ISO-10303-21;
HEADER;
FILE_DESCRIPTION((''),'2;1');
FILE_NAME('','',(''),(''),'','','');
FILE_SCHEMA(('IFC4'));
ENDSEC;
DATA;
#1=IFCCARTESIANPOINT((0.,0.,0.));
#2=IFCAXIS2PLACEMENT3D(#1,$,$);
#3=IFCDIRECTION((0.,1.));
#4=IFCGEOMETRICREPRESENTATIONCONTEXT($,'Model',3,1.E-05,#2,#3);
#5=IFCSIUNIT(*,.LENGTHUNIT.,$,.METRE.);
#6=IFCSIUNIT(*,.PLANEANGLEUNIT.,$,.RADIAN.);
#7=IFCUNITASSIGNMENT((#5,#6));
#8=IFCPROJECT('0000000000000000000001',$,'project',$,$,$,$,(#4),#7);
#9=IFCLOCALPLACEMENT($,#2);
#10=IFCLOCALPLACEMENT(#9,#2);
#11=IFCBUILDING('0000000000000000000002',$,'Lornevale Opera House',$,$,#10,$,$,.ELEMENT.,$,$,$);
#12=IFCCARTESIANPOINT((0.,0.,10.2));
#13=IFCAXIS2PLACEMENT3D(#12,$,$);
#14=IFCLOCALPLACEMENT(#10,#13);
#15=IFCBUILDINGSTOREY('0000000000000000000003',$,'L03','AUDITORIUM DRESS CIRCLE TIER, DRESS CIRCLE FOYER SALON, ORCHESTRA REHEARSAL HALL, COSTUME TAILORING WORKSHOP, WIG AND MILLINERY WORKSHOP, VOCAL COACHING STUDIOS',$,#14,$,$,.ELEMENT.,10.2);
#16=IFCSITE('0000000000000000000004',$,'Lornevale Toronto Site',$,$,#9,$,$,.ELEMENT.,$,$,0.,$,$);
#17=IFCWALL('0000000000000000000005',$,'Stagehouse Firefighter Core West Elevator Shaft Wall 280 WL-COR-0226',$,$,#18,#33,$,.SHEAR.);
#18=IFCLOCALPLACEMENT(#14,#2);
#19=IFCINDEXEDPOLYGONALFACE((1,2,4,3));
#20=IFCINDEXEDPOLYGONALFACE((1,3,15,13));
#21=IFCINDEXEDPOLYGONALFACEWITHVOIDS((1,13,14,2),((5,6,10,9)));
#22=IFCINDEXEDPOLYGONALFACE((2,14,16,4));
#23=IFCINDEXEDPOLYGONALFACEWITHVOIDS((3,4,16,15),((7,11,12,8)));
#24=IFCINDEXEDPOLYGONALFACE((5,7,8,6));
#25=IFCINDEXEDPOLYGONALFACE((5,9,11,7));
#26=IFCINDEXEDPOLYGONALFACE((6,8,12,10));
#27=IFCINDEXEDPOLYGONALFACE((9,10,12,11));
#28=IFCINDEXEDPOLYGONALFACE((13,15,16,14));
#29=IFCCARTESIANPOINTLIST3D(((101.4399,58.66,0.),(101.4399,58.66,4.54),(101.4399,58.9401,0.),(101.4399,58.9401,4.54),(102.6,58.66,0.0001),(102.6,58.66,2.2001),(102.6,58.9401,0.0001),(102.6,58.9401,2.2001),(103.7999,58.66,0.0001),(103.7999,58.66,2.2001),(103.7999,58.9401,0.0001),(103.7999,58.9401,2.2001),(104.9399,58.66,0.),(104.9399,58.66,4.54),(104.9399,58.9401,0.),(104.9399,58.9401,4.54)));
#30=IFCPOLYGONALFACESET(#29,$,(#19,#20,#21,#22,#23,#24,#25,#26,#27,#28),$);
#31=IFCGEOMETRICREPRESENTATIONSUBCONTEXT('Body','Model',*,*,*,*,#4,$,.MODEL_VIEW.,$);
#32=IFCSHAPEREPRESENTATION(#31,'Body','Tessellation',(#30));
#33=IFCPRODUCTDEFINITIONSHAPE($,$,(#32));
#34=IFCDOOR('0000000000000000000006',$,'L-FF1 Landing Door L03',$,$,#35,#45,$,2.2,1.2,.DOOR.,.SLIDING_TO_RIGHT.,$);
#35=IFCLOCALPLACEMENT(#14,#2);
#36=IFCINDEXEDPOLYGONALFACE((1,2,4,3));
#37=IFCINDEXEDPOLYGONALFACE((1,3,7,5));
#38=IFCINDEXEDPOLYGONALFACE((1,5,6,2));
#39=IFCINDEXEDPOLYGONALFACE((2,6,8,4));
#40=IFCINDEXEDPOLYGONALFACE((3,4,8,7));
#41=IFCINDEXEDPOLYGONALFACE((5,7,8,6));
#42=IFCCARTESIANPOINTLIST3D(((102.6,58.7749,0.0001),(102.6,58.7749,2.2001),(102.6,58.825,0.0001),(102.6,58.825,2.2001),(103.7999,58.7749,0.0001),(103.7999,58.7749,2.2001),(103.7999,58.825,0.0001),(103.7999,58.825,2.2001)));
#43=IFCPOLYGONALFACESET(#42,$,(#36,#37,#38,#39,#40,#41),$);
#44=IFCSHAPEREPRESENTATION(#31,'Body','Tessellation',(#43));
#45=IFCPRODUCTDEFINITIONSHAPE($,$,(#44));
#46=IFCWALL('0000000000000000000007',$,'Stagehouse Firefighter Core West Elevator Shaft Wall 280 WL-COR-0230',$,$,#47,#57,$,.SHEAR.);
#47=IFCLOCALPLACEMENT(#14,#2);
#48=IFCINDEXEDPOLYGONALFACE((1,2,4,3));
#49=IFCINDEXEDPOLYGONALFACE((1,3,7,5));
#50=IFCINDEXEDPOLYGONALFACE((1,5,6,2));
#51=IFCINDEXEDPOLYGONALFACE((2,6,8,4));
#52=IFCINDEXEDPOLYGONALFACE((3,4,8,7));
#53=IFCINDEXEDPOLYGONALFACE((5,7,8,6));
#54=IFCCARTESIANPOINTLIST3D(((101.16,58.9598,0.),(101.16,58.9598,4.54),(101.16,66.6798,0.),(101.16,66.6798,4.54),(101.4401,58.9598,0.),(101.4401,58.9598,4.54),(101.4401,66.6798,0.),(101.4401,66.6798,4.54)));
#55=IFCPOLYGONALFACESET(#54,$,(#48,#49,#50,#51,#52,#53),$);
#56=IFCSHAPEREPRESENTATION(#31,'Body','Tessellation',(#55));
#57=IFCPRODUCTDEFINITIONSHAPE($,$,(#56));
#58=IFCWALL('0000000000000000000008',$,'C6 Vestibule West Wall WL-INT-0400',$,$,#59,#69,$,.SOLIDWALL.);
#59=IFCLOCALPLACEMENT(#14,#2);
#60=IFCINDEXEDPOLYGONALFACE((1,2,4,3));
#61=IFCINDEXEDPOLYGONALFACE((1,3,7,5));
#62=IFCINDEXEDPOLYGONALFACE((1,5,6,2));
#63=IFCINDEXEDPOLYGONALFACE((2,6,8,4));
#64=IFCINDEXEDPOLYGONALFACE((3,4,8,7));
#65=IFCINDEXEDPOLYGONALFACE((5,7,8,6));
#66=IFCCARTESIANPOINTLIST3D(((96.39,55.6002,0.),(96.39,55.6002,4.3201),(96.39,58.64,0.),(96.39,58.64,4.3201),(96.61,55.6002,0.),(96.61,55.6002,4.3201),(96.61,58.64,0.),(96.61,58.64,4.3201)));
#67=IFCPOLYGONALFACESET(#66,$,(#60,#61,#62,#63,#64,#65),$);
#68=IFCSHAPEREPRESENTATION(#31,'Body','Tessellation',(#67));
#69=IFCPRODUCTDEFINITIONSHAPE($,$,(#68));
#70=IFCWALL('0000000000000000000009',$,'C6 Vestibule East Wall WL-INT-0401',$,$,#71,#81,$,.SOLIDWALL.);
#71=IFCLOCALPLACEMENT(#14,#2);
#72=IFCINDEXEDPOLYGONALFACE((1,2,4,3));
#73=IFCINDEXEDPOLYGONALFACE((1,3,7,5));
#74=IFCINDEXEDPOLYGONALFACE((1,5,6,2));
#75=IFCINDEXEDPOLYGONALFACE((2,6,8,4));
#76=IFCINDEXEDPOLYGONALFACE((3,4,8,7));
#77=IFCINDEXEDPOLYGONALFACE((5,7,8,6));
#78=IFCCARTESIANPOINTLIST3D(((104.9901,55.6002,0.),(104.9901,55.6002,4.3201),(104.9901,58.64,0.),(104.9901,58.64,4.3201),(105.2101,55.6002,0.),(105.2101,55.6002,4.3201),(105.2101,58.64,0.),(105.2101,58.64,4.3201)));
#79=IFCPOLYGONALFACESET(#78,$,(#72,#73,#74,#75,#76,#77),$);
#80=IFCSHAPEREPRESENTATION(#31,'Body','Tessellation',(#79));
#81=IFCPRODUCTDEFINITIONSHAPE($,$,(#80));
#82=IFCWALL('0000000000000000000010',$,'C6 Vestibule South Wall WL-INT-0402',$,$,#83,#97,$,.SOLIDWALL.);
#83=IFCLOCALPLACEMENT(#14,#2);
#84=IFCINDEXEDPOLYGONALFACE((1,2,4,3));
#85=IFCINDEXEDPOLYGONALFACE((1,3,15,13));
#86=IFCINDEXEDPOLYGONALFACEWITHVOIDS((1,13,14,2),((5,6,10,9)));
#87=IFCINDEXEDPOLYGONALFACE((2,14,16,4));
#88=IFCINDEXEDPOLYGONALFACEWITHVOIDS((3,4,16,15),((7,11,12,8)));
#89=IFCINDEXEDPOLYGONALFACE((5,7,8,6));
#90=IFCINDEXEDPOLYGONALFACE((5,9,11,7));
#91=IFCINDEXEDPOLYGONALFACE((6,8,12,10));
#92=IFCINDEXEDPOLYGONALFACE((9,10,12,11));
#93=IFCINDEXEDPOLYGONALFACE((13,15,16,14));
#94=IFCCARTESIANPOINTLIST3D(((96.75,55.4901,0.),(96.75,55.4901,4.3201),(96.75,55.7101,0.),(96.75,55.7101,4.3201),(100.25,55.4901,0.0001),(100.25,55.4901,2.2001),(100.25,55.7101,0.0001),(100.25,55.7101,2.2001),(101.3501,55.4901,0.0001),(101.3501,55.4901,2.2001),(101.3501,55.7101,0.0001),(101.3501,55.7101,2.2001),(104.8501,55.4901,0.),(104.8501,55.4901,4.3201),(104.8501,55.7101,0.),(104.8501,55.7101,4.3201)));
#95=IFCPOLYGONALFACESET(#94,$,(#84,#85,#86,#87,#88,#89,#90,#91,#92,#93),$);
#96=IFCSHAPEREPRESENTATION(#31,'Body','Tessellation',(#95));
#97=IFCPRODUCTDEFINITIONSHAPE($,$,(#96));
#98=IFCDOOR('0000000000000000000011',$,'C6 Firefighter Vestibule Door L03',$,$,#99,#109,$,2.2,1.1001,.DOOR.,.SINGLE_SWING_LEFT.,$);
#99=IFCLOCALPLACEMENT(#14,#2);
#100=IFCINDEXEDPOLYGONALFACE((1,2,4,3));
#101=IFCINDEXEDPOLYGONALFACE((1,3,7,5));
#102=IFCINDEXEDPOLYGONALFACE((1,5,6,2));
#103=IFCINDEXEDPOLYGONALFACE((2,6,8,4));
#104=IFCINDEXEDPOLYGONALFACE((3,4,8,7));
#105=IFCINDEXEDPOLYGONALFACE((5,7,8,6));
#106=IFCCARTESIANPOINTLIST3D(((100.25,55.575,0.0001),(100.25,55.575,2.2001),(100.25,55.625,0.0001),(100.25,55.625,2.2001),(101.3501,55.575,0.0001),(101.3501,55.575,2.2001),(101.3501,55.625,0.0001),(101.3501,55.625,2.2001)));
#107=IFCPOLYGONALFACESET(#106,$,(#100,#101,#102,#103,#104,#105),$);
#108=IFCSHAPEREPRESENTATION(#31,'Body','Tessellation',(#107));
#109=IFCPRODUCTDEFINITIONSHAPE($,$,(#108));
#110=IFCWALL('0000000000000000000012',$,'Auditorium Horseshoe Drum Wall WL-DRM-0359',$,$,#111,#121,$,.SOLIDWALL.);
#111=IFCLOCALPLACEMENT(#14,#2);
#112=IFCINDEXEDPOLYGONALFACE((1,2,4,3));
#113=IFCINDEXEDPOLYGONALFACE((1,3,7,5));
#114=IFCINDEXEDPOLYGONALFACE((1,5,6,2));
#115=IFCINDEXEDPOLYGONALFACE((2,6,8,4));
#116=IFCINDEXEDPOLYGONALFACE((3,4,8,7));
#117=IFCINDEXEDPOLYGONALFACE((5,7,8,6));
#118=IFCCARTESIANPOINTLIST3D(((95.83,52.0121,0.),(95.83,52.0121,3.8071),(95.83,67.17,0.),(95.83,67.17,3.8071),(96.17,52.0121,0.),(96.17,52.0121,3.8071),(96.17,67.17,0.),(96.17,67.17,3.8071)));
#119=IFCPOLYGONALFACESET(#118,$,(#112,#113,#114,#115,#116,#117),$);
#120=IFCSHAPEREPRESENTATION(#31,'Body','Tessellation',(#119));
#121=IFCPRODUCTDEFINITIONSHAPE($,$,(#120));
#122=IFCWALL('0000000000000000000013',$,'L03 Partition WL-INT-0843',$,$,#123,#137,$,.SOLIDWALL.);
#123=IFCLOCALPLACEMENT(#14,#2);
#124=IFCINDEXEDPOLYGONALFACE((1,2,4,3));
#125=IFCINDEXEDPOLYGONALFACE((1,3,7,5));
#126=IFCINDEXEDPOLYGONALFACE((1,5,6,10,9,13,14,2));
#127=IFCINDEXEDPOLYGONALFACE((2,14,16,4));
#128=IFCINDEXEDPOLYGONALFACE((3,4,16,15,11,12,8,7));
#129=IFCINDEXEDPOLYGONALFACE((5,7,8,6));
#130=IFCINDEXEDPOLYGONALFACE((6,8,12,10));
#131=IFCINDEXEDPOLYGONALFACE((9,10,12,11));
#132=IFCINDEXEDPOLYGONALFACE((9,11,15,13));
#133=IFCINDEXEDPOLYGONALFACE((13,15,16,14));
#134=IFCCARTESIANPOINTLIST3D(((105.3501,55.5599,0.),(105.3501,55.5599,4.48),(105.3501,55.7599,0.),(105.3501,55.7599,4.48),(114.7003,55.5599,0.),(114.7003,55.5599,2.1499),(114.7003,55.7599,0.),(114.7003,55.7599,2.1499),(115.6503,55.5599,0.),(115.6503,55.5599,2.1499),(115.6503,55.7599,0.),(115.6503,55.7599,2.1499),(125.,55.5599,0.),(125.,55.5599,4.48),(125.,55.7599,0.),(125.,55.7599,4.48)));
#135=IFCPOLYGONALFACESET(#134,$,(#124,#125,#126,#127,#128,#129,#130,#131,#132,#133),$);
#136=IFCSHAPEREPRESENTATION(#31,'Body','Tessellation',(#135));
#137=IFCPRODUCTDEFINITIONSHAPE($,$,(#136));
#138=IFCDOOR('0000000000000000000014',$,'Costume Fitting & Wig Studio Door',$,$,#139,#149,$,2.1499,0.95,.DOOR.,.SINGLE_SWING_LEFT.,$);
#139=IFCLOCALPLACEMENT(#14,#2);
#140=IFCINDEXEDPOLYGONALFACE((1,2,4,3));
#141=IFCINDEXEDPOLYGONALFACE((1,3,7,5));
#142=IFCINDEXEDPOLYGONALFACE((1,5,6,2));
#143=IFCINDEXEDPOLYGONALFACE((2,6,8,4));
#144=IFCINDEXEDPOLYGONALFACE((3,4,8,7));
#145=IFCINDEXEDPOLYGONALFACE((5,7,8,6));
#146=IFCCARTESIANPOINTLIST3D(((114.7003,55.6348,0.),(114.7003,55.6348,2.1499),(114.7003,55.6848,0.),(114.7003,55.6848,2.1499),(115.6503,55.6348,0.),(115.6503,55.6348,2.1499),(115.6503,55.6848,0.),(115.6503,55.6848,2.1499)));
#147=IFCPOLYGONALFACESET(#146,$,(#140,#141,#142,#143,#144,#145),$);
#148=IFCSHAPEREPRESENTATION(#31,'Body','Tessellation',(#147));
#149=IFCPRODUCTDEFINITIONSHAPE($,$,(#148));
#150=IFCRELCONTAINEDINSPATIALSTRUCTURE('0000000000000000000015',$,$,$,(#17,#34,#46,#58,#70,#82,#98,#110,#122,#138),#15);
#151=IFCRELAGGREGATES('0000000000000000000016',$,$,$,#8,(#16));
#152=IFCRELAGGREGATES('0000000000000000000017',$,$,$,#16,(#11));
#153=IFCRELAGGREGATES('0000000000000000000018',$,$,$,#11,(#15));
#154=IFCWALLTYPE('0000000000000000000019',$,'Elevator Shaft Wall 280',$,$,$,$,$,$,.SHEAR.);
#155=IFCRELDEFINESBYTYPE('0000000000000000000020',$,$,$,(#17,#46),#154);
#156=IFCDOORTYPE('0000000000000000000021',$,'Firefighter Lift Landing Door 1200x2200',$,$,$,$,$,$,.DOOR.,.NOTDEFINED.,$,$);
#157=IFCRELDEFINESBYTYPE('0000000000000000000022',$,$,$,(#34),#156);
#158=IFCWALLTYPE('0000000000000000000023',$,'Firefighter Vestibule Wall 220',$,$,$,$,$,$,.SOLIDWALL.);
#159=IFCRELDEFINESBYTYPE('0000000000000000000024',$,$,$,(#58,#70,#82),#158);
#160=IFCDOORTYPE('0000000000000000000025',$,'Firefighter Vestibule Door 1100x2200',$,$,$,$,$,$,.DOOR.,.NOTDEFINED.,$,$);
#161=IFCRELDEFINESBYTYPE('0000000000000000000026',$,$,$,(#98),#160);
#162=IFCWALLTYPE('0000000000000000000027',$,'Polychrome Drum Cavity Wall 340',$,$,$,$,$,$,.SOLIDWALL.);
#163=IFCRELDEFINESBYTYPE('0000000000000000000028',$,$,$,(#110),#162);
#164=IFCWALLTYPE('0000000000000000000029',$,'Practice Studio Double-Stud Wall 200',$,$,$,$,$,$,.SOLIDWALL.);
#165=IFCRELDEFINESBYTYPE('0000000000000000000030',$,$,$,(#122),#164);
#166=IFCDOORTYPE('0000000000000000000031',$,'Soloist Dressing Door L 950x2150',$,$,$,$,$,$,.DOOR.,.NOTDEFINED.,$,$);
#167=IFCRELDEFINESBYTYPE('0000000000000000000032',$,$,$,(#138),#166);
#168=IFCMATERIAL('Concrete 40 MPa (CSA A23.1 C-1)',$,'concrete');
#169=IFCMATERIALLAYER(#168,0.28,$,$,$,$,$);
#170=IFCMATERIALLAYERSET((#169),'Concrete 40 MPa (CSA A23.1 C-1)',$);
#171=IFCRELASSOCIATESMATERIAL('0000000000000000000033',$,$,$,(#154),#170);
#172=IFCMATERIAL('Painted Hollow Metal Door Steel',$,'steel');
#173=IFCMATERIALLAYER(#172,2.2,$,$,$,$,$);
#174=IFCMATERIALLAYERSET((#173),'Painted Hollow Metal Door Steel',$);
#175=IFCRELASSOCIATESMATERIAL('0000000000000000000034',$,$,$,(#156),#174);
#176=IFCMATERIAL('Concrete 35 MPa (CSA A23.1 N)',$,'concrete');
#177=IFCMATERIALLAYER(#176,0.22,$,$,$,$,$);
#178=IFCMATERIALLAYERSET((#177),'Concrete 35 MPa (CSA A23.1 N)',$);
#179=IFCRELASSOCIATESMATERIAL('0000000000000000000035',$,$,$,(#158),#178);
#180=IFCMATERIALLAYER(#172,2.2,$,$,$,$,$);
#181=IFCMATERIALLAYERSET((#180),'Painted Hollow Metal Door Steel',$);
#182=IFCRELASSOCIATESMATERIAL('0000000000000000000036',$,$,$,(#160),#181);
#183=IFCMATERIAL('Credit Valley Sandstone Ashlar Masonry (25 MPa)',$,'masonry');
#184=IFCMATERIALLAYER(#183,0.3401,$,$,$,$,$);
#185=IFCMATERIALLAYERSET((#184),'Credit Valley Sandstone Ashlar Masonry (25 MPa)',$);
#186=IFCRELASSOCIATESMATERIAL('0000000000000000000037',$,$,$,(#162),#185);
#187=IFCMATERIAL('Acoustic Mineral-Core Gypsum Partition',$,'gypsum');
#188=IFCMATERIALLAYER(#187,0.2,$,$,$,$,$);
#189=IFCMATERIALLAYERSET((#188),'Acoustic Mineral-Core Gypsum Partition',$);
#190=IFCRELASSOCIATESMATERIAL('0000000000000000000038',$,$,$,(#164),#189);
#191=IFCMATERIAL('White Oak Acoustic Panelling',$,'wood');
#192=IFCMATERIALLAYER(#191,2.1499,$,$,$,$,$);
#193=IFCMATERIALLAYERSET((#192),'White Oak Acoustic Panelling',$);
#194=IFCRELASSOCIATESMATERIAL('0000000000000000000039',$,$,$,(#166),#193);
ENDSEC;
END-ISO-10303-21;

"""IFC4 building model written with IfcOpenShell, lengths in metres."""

from ifc_helpers import new_model, si_unit, direction, frame, frame_2d, origin, place, context, subcontext, project, spatial, rectangle, extrude, material, layer, layer_set, type_object, element, fill, save


model = new_model("IFC4")

# Units and contexts
model_context = context("Model", 3, precision=1e-05, world=origin(), true_north=direction((0.0, 1.0)))
body_context = subcontext(model_context, "Body", "Model", "MODEL_VIEW")
ifc_project = project(units=[si_unit("LENGTHUNIT", "METRE"), si_unit("PLANEANGLEUNIT", "RADIAN")], contexts=[model_context])

# Site, building, storey
site_placement = place(None, origin())
site = spatial("IfcSite", under=ifc_project, at=site_placement, Name="Lornevale Toronto Site", CompositionType="ELEMENT", RefElevation=0.0)
building_placement = place(site_placement, origin())
building = spatial("IfcBuilding", under=site, at=building_placement, Name="Lornevale Opera House", CompositionType="ELEMENT")
storey_placement = place(building_placement, frame((0.0, 0.0, 10.2)))
storey = spatial("IfcBuildingStorey", under=building, at=storey_placement, Name="L03", Description="AUDITORIUM DRESS CIRCLE TIER, DRESS CIRCLE FOYER SALON, ORCHESTRA REHEARSAL HALL, COSTUME TAILORING WORKSHOP, WIG AND MILLINERY WORKSHOP, VOCAL COACHING STUDIOS", CompositionType="ELEMENT", Elevation=10.2)

# Shared definitions
ifc_material_1 = material(Name="Concrete 40 MPa (CSA A23.1 C-1)", Category="concrete")

# Shared definitions
ifc_material_2 = material(Name="Concrete 35 MPa (CSA A23.1 N)", Category="concrete")

# Shared definitions
ifc_material_3 = material(Name="Painted Hollow Metal Door Steel", Category="steel")

# Wall, opening, door
ifc_layer_1 = layer(ifc_material_1, 0.28)
ifc_layer_set_1 = layer_set([ifc_layer_1], Name="Concrete 40 MPa (CSA A23.1 C-1)")
wall_type_1 = type_object("IfcWallType", Name="Elevator Shaft Wall 280", PredefinedType="SHEAR", material=ifc_layer_set_1)
wall_1_placement = place(storey_placement, frame((101.4399, 58.8, 0.0), z_axis=(0.0, 0.0, 1.0), x_axis=(1.0, 0.0, 0.0)))
wall_1 = element("IfcWall", 1, at=wall_1_placement, inside=storey, type_object=wall_type_1, Name="Stagehouse Firefighter Core West Elevator Shaft Wall 280 WL-COR-0226", PredefinedType="SHEAR", context=body_context, shape_type="SweptSolid", body=[
    extrude(rectangle(XDim=3.5, YDim=0.28, at=frame_2d((1.75, 0.0))), origin(), (0.0, 0.0, 1.0), 4.54),
])
opening_1_placement = place(wall_1_placement, frame((1.1599, 0.0, 0.0)))
opening_1 = element("IfcOpeningElement", 2, at=opening_1_placement, cuts=wall_1, PredefinedType="OPENING", context=body_context, shape_type="SweptSolid", body=[
    extrude(rectangle(XDim=1.2, YDim=2.2, at=frame_2d((0.6001, 1.1001))), frame((0.0, 0.1499, 0.0), z_axis=(0.0, -1.0, 0.0), x_axis=(1.0, 0.0, 0.0)), (0.0, 0.0, 1.0), 0.3),
])
ifc_layer_2 = layer(ifc_material_3, 2.2)
ifc_layer_set_2 = layer_set([ifc_layer_2], Name="Painted Hollow Metal Door Steel")
door_type_1 = type_object("IfcDoorType", Name="Firefighter Lift Landing Door 1200x2200", OperationType="NOTDEFINED", PredefinedType="DOOR", material=ifc_layer_set_2)
door_1_placement = place(opening_1_placement, origin())
door_1 = element("IfcDoor", 3, at=door_1_placement, inside=storey, type_object=door_type_1, Name="L-FF1 Landing Door L03", OperationType="SLIDING_TO_RIGHT", OverallHeight=2.2, OverallWidth=1.2, PredefinedType="DOOR", context=body_context, shape_type="SweptSolid", body=[
    extrude(rectangle(XDim=1.2, YDim=2.2, at=frame_2d((0.6001, 1.1001))), frame((0.0, 0.0249, 0.0), z_axis=(0.0, -1.0, 0.0), x_axis=(1.0, 0.0, 0.0)), (0.0, 0.0, 1.0), 0.05),
])
fill(opening_1, door_1)

# Walls
wall_2_placement = place(storey_placement, frame((101.3, 58.96, 0.0), z_axis=(0.0, 0.0, 1.0), x_axis=(0.0, 1.0, 0.0)))
element("IfcWall", 4, at=wall_2_placement, inside=storey, type_object=wall_type_1, Name="Stagehouse Firefighter Core West Elevator Shaft Wall 280 WL-COR-0230", PredefinedType="SHEAR", context=body_context, shape_type="SweptSolid", body=[
    extrude(rectangle(XDim=7.72, YDim=0.28, at=frame_2d((3.8599, 0.0))), origin(), (0.0, 0.0, 1.0), 4.54),
])
ifc_layer_3 = layer(ifc_material_2, 0.22)
ifc_layer_set_3 = layer_set([ifc_layer_3], Name="Concrete 35 MPa (CSA A23.1 N)")
wall_type_2 = type_object("IfcWallType", Name="Firefighter Vestibule Wall 220", PredefinedType="SOLIDWALL", material=ifc_layer_set_3)
for number, where, z_axis, x_axis, name in (
    (5, (96.5, 55.6001, 0.0), (0.0, 0.0, 1.0), (0.0, 1.0, 0.0), "C6 Vestibule West Wall WL-INT-0400"),
    (6, (105.1001, 55.6001, 0.0), (0.0, 0.0, 1.0), (0.0, 1.0, 0.0), "C6 Vestibule East Wall WL-INT-0401"),
):
    element("IfcWall", number, at=place(storey_placement, frame(where, z_axis=z_axis, x_axis=x_axis)), inside=storey, type_object=wall_type_2, Name=name, PredefinedType="SOLIDWALL", context=body_context, shape_type="SweptSolid", body=[
        extrude(rectangle(XDim=3.0398, YDim=0.22, at=frame_2d((1.52, 0.0))), origin(), (0.0, 0.0, 1.0), 4.3201),
    ])

# Wall, opening, door
wall_3_placement = place(storey_placement, frame((96.75, 55.6001, 0.0), z_axis=(0.0, 0.0, 1.0), x_axis=(1.0, 0.0, 0.0)))
wall_3 = element("IfcWall", 7, at=wall_3_placement, inside=storey, type_object=wall_type_2, Name="C6 Vestibule South Wall WL-INT-0402", PredefinedType="SOLIDWALL", context=body_context, shape_type="SweptSolid", body=[
    extrude(rectangle(XDim=8.1001, YDim=0.22, at=frame_2d((4.05, 0.0))), origin(), (0.0, 0.0, 1.0), 4.3201),
])
opening_2_placement = place(wall_3_placement, frame((3.5, 0.0, 0.0)))
opening_2 = element("IfcOpeningElement", 8, at=opening_2_placement, cuts=wall_3, PredefinedType="OPENING", context=body_context, shape_type="SweptSolid", body=[
    extrude(rectangle(XDim=1.1001, YDim=2.2, at=frame_2d((0.55, 1.1001))), frame((0.0, 0.1199, 0.0), z_axis=(0.0, -1.0, 0.0), x_axis=(1.0, 0.0, 0.0)), (0.0, 0.0, 1.0), 0.24),
])
ifc_layer_4 = layer(ifc_material_3, 2.2)
ifc_layer_set_4 = layer_set([ifc_layer_4], Name="Painted Hollow Metal Door Steel")
door_type_2 = type_object("IfcDoorType", Name="Firefighter Vestibule Door 1100x2200", OperationType="NOTDEFINED", PredefinedType="DOOR", material=ifc_layer_set_4)
door_2_placement = place(opening_2_placement, origin())
door_2 = element("IfcDoor", 9, at=door_2_placement, inside=storey, type_object=door_type_2, Name="C6 Firefighter Vestibule Door L03", OperationType="SINGLE_SWING_LEFT", OverallHeight=2.2, OverallWidth=1.1001, PredefinedType="DOOR", context=body_context, shape_type="SweptSolid", body=[
    extrude(rectangle(XDim=1.1001, YDim=2.2, at=frame_2d((0.55, 1.1001))), frame((0.0, 0.0249, 0.0), z_axis=(0.0, -1.0, 0.0), x_axis=(1.0, 0.0, 0.0)), (0.0, 0.0, 1.0), 0.05),
])
fill(opening_2, door_2)

# Wall
ifc_material_4 = material(Name="Credit Valley Sandstone Ashlar Masonry (25 MPa)", Category="masonry")
ifc_layer_5 = layer(ifc_material_4, 0.3401)
ifc_layer_set_5 = layer_set([ifc_layer_5], Name="Credit Valley Sandstone Ashlar Masonry (25 MPa)")
wall_type_3 = type_object("IfcWallType", Name="Polychrome Drum Cavity Wall 340", PredefinedType="SOLIDWALL", material=ifc_layer_set_5)
wall_4_placement = place(storey_placement, frame((96.0, 52.012, 0.0), z_axis=(0.0, 0.0, 1.0), x_axis=(0.0, 1.0, 0.0)))
element("IfcWall", 10, at=wall_4_placement, inside=storey, type_object=wall_type_3, Name="Auditorium Horseshoe Drum Wall WL-DRM-0359", PredefinedType="SOLIDWALL", context=body_context, shape_type="SweptSolid", body=[
    extrude(rectangle(XDim=15.158, YDim=0.3401, at=frame_2d((7.5791, 0.0))), origin(), (0.0, 0.0, 1.0), 3.8071),
])

# Wall, opening, door
ifc_material_5 = material(Name="Acoustic Mineral-Core Gypsum Partition", Category="gypsum")
ifc_layer_6 = layer(ifc_material_5, 0.2)
ifc_layer_set_6 = layer_set([ifc_layer_6], Name="Acoustic Mineral-Core Gypsum Partition")
wall_type_4 = type_object("IfcWallType", Name="Practice Studio Double-Stud Wall 200", PredefinedType="SOLIDWALL", material=ifc_layer_set_6)
wall_5_placement = place(storey_placement, frame((105.3501, 55.6599, 0.0), z_axis=(0.0, 0.0, 1.0), x_axis=(1.0, 0.0, 0.0)))
wall_5 = element("IfcWall", 11, at=wall_5_placement, inside=storey, type_object=wall_type_4, Name="L03 Partition WL-INT-0843", PredefinedType="SOLIDWALL", context=body_context, shape_type="SweptSolid", body=[
    extrude(rectangle(XDim=19.6499, YDim=0.2, at=frame_2d((9.825, 0.0))), origin(), (0.0, 0.0, 1.0), 4.48),
])
opening_3_placement = place(wall_5_placement, frame((9.3501, 0.0, 0.0)))
opening_3 = element("IfcOpeningElement", 12, at=opening_3_placement, cuts=wall_5, PredefinedType="OPENING", context=body_context, shape_type="SweptSolid", body=[
    extrude(rectangle(XDim=0.95, YDim=2.1499, at=frame_2d((0.4751, 1.075))), frame((0.0, 0.1099, 0.0), z_axis=(0.0, -1.0, 0.0), x_axis=(1.0, 0.0, 0.0)), (0.0, 0.0, 1.0), 0.22),
])
ifc_material_6 = material(Name="White Oak Acoustic Panelling", Category="wood")
ifc_layer_7 = layer(ifc_material_6, 2.1499)
ifc_layer_set_7 = layer_set([ifc_layer_7], Name="White Oak Acoustic Panelling")
door_type_3 = type_object("IfcDoorType", Name="Soloist Dressing Door L 950x2150", OperationType="NOTDEFINED", PredefinedType="DOOR", material=ifc_layer_set_7)
door_3_placement = place(opening_3_placement, origin())
door_3 = element("IfcDoor", 13, at=door_3_placement, inside=storey, type_object=door_type_3, Name="Costume Fitting & Wig Studio Door", OperationType="SINGLE_SWING_LEFT", OverallHeight=2.1499, OverallWidth=0.95, PredefinedType="DOOR", context=body_context, shape_type="SweptSolid", body=[
    extrude(rectangle(XDim=0.95, YDim=2.1499, at=frame_2d((0.4751, 1.075))), frame((0.0, 0.0249, 0.0), z_axis=(0.0, -1.0, 0.0), x_axis=(1.0, 0.0, 0.0)), (0.0, 0.0, 1.0), 0.05),
])
fill(opening_3, door_3)

save(model, "model.ifc")
